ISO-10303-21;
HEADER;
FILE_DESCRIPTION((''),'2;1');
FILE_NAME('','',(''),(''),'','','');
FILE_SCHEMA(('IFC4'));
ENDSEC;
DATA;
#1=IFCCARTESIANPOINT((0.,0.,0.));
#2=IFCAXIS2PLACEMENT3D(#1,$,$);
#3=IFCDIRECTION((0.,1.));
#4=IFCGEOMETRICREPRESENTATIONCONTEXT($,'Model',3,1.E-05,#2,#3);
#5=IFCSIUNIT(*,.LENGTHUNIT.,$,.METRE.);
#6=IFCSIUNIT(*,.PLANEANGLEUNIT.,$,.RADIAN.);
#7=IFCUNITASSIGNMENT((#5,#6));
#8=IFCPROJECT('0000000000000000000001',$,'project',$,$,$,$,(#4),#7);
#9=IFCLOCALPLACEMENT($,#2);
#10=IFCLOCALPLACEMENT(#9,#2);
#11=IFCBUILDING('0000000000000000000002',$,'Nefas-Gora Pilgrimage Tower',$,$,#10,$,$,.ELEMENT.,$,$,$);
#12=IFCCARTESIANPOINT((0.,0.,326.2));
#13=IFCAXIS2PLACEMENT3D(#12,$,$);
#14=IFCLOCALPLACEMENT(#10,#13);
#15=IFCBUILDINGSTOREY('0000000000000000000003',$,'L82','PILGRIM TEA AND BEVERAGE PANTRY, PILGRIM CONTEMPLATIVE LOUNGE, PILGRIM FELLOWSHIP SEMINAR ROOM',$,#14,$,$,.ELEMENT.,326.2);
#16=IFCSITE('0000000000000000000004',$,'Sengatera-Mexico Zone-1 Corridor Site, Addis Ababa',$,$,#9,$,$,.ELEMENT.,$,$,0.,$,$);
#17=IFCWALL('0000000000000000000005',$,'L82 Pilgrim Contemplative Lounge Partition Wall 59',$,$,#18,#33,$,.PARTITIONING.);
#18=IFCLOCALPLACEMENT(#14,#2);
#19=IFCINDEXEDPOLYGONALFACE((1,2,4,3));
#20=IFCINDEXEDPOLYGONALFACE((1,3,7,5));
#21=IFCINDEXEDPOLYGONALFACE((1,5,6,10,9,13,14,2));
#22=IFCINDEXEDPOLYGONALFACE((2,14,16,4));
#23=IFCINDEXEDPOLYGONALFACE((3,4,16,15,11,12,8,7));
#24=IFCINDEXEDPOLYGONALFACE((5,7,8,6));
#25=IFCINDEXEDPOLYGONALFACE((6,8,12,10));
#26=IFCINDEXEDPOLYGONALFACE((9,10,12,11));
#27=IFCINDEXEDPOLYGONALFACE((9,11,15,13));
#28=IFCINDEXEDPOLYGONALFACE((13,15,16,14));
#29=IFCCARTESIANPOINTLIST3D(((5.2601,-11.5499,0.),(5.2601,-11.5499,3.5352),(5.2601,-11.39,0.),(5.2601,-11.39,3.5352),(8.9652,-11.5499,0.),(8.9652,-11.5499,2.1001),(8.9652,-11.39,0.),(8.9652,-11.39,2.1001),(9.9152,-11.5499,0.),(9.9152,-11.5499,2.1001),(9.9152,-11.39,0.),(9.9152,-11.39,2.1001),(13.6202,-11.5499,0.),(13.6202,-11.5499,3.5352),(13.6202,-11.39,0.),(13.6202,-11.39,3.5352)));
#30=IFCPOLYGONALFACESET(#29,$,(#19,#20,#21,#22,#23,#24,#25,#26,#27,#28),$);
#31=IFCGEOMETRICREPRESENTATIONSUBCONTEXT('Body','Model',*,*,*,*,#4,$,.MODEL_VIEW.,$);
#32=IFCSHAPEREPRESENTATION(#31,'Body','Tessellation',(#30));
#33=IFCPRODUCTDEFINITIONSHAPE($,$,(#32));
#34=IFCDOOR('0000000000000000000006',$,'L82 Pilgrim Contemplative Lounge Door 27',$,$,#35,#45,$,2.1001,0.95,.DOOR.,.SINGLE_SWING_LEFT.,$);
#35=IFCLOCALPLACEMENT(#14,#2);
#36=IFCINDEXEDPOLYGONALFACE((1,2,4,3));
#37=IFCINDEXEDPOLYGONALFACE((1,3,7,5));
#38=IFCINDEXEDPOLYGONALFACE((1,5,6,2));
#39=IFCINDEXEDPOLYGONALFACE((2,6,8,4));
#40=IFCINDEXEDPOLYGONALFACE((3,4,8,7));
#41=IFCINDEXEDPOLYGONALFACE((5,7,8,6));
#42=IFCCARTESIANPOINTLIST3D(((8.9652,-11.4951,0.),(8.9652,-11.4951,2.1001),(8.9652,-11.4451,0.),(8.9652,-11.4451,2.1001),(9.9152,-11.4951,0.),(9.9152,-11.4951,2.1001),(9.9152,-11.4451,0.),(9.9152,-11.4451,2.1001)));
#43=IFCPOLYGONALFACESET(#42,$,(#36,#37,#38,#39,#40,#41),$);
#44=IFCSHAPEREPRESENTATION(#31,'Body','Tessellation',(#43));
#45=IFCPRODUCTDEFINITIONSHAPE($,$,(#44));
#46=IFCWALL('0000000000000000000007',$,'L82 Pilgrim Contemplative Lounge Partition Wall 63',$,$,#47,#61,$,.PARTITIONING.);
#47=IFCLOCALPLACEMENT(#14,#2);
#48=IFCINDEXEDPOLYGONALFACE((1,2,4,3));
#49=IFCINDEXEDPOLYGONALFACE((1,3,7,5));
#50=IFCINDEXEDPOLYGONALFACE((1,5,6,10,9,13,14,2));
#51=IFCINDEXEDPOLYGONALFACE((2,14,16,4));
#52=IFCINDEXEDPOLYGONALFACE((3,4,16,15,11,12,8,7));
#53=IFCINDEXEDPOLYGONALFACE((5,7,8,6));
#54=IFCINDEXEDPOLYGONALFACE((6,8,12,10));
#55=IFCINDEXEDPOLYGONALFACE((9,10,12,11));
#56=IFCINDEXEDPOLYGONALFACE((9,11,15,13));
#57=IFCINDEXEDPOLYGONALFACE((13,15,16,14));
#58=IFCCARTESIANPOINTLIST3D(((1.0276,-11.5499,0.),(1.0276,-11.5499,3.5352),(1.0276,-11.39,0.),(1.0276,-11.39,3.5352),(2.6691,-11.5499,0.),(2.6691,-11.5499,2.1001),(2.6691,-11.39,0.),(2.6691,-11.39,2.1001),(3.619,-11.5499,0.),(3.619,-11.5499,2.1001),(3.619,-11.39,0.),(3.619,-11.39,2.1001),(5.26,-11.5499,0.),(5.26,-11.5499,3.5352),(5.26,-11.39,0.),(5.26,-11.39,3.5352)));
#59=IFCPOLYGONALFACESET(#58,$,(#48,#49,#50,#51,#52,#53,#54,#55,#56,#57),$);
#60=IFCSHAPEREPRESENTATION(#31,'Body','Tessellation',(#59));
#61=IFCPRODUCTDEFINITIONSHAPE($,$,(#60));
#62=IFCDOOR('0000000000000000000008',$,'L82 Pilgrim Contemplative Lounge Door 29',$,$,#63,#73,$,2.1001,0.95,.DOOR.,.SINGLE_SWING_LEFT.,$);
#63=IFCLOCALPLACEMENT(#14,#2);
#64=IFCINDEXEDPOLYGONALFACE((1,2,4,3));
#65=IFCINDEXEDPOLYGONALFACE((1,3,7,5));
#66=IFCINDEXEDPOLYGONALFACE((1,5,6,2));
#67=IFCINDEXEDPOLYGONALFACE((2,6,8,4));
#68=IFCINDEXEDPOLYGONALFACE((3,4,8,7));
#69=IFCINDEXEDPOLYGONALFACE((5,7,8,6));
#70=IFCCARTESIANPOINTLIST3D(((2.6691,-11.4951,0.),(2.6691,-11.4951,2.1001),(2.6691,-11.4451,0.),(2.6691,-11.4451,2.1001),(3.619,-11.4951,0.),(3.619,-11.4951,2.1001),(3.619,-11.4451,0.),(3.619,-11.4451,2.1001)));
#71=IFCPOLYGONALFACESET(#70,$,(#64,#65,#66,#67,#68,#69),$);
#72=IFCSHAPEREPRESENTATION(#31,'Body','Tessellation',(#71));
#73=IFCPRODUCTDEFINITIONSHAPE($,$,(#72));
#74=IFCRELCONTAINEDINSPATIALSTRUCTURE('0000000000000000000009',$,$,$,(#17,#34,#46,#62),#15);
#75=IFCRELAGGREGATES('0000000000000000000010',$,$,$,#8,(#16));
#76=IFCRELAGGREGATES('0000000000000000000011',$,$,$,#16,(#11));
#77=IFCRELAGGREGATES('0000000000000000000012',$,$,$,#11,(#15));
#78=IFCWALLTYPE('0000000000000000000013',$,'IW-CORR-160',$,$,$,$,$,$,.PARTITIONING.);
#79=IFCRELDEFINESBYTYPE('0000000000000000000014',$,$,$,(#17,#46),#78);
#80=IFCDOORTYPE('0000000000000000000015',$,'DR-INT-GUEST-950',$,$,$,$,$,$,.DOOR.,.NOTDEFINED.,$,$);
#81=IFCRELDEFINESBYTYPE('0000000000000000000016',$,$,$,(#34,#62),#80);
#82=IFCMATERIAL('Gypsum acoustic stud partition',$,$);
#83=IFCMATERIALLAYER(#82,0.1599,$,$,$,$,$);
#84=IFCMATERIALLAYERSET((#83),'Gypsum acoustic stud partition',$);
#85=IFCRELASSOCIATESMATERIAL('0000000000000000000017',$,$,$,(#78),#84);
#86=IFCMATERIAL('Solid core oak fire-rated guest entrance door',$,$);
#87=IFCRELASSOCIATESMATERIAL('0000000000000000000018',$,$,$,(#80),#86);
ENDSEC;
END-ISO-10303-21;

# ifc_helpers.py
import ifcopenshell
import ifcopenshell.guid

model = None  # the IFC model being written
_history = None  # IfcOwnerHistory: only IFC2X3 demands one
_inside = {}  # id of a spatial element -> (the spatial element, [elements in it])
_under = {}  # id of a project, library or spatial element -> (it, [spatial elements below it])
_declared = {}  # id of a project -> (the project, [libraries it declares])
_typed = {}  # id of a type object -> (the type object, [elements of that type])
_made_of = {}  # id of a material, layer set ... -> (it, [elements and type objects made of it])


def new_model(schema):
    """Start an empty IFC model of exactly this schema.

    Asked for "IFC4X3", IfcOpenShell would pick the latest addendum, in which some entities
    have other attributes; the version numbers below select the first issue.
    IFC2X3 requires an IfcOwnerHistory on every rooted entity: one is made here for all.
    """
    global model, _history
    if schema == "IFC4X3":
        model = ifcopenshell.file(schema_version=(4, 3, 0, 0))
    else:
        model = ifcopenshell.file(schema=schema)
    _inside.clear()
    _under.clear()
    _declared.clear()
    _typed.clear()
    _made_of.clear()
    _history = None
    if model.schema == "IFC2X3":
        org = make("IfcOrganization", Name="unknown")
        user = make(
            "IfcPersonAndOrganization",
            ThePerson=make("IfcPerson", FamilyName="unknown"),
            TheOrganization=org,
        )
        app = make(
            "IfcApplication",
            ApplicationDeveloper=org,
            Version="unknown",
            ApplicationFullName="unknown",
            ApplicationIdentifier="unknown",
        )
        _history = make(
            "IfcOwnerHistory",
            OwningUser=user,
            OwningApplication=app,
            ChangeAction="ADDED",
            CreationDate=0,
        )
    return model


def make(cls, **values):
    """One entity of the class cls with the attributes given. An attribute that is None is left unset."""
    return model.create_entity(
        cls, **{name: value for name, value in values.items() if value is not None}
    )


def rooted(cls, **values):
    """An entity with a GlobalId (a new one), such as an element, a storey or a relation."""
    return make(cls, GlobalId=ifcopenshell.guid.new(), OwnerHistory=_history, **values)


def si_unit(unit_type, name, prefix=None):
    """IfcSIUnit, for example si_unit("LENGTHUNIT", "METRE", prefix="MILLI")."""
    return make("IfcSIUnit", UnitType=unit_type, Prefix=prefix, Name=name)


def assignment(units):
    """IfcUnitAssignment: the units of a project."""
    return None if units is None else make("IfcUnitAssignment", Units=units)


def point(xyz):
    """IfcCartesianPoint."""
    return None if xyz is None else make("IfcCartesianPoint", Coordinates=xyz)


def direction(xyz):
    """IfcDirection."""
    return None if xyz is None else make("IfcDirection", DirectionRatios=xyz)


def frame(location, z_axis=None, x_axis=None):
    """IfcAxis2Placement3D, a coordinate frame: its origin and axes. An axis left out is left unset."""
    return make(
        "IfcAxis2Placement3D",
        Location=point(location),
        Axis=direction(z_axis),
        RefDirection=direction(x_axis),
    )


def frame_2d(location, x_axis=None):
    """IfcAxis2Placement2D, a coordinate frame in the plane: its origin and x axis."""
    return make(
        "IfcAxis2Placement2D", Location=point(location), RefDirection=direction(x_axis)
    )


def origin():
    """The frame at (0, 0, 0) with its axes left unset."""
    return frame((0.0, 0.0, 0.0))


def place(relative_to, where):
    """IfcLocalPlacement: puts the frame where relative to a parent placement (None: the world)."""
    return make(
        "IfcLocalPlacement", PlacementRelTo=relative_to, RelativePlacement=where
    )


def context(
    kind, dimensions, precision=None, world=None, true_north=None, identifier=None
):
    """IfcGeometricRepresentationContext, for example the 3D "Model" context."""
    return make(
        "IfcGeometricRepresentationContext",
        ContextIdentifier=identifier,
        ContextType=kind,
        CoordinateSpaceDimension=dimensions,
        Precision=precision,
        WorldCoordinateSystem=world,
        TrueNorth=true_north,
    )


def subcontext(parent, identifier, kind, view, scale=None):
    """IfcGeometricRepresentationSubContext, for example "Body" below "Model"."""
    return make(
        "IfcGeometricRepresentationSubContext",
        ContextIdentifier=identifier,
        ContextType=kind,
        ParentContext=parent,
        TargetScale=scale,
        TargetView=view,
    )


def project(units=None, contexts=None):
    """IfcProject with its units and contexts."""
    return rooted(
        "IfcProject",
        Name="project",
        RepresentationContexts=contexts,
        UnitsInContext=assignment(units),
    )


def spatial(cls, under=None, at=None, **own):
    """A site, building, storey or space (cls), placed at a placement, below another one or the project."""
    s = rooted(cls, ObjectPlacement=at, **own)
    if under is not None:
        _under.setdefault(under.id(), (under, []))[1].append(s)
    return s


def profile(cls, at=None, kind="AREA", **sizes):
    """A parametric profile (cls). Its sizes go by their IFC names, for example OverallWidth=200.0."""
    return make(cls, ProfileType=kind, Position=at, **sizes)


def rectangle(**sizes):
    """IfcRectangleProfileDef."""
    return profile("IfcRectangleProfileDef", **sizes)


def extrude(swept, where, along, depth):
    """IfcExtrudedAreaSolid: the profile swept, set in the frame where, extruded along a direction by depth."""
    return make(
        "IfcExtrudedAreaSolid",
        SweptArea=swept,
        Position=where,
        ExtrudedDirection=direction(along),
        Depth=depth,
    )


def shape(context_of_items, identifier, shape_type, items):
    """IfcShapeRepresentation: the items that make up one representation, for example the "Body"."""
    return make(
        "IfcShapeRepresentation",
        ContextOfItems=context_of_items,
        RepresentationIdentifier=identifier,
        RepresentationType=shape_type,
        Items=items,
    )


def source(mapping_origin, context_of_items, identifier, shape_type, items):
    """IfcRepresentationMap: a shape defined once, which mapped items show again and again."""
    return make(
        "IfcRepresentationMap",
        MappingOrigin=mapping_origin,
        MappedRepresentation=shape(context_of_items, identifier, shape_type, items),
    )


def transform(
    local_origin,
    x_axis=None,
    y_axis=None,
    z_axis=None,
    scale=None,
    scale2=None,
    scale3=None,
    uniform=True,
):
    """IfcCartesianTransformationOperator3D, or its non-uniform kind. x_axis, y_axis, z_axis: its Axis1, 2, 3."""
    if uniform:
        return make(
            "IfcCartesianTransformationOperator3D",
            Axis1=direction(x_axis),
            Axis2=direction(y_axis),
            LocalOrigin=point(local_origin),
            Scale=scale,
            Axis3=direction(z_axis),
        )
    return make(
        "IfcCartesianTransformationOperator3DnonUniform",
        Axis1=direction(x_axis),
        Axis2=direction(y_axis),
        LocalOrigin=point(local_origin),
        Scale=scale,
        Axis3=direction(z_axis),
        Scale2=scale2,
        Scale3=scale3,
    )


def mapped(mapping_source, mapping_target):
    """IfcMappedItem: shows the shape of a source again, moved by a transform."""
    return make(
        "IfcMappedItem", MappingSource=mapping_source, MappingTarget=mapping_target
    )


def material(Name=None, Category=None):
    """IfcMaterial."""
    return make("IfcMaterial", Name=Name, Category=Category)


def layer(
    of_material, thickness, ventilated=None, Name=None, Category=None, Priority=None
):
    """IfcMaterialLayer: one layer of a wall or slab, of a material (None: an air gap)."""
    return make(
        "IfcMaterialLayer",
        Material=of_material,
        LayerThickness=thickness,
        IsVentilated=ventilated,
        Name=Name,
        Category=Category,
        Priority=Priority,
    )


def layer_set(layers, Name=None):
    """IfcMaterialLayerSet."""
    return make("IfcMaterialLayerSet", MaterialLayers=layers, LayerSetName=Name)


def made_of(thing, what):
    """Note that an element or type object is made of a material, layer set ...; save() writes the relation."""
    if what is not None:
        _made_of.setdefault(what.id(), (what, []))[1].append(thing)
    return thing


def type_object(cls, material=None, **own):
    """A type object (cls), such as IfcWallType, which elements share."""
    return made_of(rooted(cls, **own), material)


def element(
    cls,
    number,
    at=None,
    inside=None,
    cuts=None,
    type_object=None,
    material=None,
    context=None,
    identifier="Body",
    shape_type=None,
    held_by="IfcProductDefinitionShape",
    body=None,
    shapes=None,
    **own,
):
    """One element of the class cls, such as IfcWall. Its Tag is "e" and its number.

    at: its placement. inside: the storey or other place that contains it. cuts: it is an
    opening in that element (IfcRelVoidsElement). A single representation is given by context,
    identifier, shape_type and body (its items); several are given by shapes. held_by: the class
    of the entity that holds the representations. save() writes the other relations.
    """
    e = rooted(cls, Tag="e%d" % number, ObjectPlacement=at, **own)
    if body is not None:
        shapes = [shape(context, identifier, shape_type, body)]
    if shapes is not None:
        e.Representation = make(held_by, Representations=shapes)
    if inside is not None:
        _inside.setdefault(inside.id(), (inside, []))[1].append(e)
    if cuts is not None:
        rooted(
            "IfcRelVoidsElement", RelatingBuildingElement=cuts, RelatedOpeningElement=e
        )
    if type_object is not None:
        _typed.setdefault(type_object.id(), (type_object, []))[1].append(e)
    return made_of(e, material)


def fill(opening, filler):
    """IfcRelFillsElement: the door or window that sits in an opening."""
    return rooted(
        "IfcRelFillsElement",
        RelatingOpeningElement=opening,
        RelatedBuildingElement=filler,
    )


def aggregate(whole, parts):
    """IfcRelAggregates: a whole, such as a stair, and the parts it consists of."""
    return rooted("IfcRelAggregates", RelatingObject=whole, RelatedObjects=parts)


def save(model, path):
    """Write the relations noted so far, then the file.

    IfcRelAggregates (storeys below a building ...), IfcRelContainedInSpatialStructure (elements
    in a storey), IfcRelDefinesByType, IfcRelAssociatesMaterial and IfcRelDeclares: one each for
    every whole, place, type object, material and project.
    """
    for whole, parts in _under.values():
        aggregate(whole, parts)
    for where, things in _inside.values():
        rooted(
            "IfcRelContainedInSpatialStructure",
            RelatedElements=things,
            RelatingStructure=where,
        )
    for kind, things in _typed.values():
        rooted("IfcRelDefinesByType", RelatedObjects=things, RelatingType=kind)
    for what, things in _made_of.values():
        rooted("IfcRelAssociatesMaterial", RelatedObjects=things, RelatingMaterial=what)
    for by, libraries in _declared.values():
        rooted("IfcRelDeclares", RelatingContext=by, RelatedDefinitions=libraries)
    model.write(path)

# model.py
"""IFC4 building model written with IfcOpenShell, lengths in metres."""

from ifc_helpers import new_model, si_unit, direction, frame, frame_2d, origin, place, context, subcontext, project, spatial, rectangle, extrude, source, transform, mapped, material, layer, layer_set, type_object, element, fill, save


model = new_model("IFC4")

# Units and contexts
model_context = context("Model", 3, precision=1e-05, world=origin(), true_north=direction((0.0, 1.0)))
body_context = subcontext(model_context, "Body", "Model", "MODEL_VIEW")
ifc_project = project(units=[si_unit("LENGTHUNIT", "METRE"), si_unit("PLANEANGLEUNIT", "RADIAN")], contexts=[model_context])

# Site, building, storey
site_placement = place(None, origin())
site = spatial("IfcSite", under=ifc_project, at=site_placement, Name="Sengatera-Mexico Zone-1 Corridor Site, Addis Ababa", CompositionType="ELEMENT", RefElevation=0.0)
building_placement = place(site_placement, origin())
building = spatial("IfcBuilding", under=site, at=building_placement, Name="Nefas-Gora Pilgrimage Tower", CompositionType="ELEMENT")
storey_placement = place(building_placement, frame((0.0, 0.0, 326.2)))
storey = spatial("IfcBuildingStorey", under=building, at=storey_placement, Name="L82", Description="PILGRIM TEA AND BEVERAGE PANTRY, PILGRIM CONTEMPLATIVE LOUNGE, PILGRIM FELLOWSHIP SEMINAR ROOM", CompositionType="ELEMENT", Elevation=326.2)

# Shared definitions
ifc_material_1 = material(Name="Gypsum acoustic stud partition")
ifc_layer_1 = layer(ifc_material_1, 0.1599)
ifc_layer_set_1 = layer_set([ifc_layer_1], Name="Gypsum acoustic stud partition")
wall_type_1 = type_object("IfcWallType", Name="IW-CORR-160", PredefinedType="PARTITIONING", material=ifc_layer_set_1)

# Walls, openings, doors
shared_shape_1 = source(origin(), body_context, "Body", "SweptSolid", [
    extrude(rectangle(XDim=8.3601, YDim=0.1599, at=frame_2d((4.1802, 0.0))), origin(), (0.0, 0.0, 1.0), 3.5352),
])
wall_1_placement = place(storey_placement, frame((5.26, -11.47, 0.0), z_axis=(0.0, 0.0, 1.0), x_axis=(1.0, 0.0, 0.0)))
wall_1 = element("IfcWall", 1, at=wall_1_placement, inside=storey, type_object=wall_type_1, Name="L82 Pilgrim Contemplative Lounge Partition Wall 59", PredefinedType="PARTITIONING", context=body_context, shape_type="MappedRepresentation", body=[
    mapped(shared_shape_1, transform((0.0, 0.0, 0.0), x_axis=(1.0, 0.0, 0.0), y_axis=(0.0, 1.0, 0.0), z_axis=(0.0, 0.0, 1.0), scale=1.0)),
])
opening_1_placement = place(wall_1_placement, frame((3.7051, 0.0, 0.0)))
opening_1 = element("IfcOpeningElement", 2, at=opening_1_placement, cuts=wall_1, PredefinedType="OPENING", context=body_context, shape_type="SweptSolid", body=[
    extrude(rectangle(XDim=0.95, YDim=2.1001, at=frame_2d((0.4751, 1.05))), frame((0.0, 0.0898, 0.0), z_axis=(0.0, -1.0, 0.0), x_axis=(1.0, 0.0, 0.0)), (0.0, 0.0, 1.0), 0.1799),
])
ifc_material_2 = material(Name="Solid core oak fire-rated guest entrance door")
door_type_1 = type_object("IfcDoorType", Name="DR-INT-GUEST-950", OperationType="NOTDEFINED", PredefinedType="DOOR", material=ifc_material_2)
shared_shape_2 = source(origin(), body_context, "Body", "SweptSolid", [
    extrude(rectangle(XDim=0.95, YDim=2.1001, at=frame_2d((0.4751, 1.05))), frame((0.0, 0.0249, 0.0), z_axis=(0.0, -1.0, 0.0), x_axis=(1.0, 0.0, 0.0)), (0.0, 0.0, 1.0), 0.05),
])
door_1_placement = place(opening_1_placement, origin())
door_1 = element("IfcDoor", 3, at=door_1_placement, inside=storey, type_object=door_type_1, Name="L82 Pilgrim Contemplative Lounge Door 27", OperationType="SINGLE_SWING_LEFT", OverallHeight=2.1001, OverallWidth=0.95, PredefinedType="DOOR", context=body_context, shape_type="MappedRepresentation", body=[
    mapped(shared_shape_2, transform((0.0, 0.0, 0.0), x_axis=(1.0, 0.0, 0.0), y_axis=(0.0, 1.0, 0.0), z_axis=(0.0, 0.0, 1.0), scale=1.0)),
])
fill(opening_1, door_1)
shared_shape_3 = source(origin(), body_context, "Body", "SweptSolid", [
    extrude(rectangle(XDim=4.2324, YDim=0.1599, at=frame_2d((2.1162, 0.0))), origin(), (0.0, 0.0, 1.0), 3.5352),
])
wall_2_placement = place(storey_placement, frame((1.0276, -11.47, 0.0), z_axis=(0.0, 0.0, 1.0), x_axis=(1.0, 0.0, 0.0)))
wall_2 = element("IfcWall", 4, at=wall_2_placement, inside=storey, type_object=wall_type_1, Name="L82 Pilgrim Contemplative Lounge Partition Wall 63", PredefinedType="PARTITIONING", context=body_context, shape_type="MappedRepresentation", body=[
    mapped(shared_shape_3, transform((0.0, 0.0, 0.0), x_axis=(1.0, 0.0, 0.0), y_axis=(0.0, 1.0, 0.0), z_axis=(0.0, 0.0, 1.0), scale=1.0)),
])
opening_2_placement = place(wall_2_placement, frame((1.6414, 0.0, 0.0)))
opening_2 = element("IfcOpeningElement", 5, at=opening_2_placement, cuts=wall_2, PredefinedType="OPENING", context=body_context, shape_type="SweptSolid", body=[
    extrude(rectangle(XDim=0.95, YDim=2.1001, at=frame_2d((0.4751, 1.05))), frame((0.0, 0.0898, 0.0), z_axis=(0.0, -1.0, 0.0), x_axis=(1.0, 0.0, 0.0)), (0.0, 0.0, 1.0), 0.1799),
])
door_2_placement = place(opening_2_placement, origin())
door_2 = element("IfcDoor", 6, at=door_2_placement, inside=storey, type_object=door_type_1, Name="L82 Pilgrim Contemplative Lounge Door 29", OperationType="SINGLE_SWING_LEFT", OverallHeight=2.1001, OverallWidth=0.95, PredefinedType="DOOR", context=body_context, shape_type="MappedRepresentation", body=[
    mapped(shared_shape_2, transform((0.0, 0.0, 0.0), x_axis=(1.0, 0.0, 0.0), y_axis=(0.0, 1.0, 0.0), z_axis=(0.0, 0.0, 1.0), scale=1.0)),
])
fill(opening_2, door_2)

save(model, "model.ifc")
